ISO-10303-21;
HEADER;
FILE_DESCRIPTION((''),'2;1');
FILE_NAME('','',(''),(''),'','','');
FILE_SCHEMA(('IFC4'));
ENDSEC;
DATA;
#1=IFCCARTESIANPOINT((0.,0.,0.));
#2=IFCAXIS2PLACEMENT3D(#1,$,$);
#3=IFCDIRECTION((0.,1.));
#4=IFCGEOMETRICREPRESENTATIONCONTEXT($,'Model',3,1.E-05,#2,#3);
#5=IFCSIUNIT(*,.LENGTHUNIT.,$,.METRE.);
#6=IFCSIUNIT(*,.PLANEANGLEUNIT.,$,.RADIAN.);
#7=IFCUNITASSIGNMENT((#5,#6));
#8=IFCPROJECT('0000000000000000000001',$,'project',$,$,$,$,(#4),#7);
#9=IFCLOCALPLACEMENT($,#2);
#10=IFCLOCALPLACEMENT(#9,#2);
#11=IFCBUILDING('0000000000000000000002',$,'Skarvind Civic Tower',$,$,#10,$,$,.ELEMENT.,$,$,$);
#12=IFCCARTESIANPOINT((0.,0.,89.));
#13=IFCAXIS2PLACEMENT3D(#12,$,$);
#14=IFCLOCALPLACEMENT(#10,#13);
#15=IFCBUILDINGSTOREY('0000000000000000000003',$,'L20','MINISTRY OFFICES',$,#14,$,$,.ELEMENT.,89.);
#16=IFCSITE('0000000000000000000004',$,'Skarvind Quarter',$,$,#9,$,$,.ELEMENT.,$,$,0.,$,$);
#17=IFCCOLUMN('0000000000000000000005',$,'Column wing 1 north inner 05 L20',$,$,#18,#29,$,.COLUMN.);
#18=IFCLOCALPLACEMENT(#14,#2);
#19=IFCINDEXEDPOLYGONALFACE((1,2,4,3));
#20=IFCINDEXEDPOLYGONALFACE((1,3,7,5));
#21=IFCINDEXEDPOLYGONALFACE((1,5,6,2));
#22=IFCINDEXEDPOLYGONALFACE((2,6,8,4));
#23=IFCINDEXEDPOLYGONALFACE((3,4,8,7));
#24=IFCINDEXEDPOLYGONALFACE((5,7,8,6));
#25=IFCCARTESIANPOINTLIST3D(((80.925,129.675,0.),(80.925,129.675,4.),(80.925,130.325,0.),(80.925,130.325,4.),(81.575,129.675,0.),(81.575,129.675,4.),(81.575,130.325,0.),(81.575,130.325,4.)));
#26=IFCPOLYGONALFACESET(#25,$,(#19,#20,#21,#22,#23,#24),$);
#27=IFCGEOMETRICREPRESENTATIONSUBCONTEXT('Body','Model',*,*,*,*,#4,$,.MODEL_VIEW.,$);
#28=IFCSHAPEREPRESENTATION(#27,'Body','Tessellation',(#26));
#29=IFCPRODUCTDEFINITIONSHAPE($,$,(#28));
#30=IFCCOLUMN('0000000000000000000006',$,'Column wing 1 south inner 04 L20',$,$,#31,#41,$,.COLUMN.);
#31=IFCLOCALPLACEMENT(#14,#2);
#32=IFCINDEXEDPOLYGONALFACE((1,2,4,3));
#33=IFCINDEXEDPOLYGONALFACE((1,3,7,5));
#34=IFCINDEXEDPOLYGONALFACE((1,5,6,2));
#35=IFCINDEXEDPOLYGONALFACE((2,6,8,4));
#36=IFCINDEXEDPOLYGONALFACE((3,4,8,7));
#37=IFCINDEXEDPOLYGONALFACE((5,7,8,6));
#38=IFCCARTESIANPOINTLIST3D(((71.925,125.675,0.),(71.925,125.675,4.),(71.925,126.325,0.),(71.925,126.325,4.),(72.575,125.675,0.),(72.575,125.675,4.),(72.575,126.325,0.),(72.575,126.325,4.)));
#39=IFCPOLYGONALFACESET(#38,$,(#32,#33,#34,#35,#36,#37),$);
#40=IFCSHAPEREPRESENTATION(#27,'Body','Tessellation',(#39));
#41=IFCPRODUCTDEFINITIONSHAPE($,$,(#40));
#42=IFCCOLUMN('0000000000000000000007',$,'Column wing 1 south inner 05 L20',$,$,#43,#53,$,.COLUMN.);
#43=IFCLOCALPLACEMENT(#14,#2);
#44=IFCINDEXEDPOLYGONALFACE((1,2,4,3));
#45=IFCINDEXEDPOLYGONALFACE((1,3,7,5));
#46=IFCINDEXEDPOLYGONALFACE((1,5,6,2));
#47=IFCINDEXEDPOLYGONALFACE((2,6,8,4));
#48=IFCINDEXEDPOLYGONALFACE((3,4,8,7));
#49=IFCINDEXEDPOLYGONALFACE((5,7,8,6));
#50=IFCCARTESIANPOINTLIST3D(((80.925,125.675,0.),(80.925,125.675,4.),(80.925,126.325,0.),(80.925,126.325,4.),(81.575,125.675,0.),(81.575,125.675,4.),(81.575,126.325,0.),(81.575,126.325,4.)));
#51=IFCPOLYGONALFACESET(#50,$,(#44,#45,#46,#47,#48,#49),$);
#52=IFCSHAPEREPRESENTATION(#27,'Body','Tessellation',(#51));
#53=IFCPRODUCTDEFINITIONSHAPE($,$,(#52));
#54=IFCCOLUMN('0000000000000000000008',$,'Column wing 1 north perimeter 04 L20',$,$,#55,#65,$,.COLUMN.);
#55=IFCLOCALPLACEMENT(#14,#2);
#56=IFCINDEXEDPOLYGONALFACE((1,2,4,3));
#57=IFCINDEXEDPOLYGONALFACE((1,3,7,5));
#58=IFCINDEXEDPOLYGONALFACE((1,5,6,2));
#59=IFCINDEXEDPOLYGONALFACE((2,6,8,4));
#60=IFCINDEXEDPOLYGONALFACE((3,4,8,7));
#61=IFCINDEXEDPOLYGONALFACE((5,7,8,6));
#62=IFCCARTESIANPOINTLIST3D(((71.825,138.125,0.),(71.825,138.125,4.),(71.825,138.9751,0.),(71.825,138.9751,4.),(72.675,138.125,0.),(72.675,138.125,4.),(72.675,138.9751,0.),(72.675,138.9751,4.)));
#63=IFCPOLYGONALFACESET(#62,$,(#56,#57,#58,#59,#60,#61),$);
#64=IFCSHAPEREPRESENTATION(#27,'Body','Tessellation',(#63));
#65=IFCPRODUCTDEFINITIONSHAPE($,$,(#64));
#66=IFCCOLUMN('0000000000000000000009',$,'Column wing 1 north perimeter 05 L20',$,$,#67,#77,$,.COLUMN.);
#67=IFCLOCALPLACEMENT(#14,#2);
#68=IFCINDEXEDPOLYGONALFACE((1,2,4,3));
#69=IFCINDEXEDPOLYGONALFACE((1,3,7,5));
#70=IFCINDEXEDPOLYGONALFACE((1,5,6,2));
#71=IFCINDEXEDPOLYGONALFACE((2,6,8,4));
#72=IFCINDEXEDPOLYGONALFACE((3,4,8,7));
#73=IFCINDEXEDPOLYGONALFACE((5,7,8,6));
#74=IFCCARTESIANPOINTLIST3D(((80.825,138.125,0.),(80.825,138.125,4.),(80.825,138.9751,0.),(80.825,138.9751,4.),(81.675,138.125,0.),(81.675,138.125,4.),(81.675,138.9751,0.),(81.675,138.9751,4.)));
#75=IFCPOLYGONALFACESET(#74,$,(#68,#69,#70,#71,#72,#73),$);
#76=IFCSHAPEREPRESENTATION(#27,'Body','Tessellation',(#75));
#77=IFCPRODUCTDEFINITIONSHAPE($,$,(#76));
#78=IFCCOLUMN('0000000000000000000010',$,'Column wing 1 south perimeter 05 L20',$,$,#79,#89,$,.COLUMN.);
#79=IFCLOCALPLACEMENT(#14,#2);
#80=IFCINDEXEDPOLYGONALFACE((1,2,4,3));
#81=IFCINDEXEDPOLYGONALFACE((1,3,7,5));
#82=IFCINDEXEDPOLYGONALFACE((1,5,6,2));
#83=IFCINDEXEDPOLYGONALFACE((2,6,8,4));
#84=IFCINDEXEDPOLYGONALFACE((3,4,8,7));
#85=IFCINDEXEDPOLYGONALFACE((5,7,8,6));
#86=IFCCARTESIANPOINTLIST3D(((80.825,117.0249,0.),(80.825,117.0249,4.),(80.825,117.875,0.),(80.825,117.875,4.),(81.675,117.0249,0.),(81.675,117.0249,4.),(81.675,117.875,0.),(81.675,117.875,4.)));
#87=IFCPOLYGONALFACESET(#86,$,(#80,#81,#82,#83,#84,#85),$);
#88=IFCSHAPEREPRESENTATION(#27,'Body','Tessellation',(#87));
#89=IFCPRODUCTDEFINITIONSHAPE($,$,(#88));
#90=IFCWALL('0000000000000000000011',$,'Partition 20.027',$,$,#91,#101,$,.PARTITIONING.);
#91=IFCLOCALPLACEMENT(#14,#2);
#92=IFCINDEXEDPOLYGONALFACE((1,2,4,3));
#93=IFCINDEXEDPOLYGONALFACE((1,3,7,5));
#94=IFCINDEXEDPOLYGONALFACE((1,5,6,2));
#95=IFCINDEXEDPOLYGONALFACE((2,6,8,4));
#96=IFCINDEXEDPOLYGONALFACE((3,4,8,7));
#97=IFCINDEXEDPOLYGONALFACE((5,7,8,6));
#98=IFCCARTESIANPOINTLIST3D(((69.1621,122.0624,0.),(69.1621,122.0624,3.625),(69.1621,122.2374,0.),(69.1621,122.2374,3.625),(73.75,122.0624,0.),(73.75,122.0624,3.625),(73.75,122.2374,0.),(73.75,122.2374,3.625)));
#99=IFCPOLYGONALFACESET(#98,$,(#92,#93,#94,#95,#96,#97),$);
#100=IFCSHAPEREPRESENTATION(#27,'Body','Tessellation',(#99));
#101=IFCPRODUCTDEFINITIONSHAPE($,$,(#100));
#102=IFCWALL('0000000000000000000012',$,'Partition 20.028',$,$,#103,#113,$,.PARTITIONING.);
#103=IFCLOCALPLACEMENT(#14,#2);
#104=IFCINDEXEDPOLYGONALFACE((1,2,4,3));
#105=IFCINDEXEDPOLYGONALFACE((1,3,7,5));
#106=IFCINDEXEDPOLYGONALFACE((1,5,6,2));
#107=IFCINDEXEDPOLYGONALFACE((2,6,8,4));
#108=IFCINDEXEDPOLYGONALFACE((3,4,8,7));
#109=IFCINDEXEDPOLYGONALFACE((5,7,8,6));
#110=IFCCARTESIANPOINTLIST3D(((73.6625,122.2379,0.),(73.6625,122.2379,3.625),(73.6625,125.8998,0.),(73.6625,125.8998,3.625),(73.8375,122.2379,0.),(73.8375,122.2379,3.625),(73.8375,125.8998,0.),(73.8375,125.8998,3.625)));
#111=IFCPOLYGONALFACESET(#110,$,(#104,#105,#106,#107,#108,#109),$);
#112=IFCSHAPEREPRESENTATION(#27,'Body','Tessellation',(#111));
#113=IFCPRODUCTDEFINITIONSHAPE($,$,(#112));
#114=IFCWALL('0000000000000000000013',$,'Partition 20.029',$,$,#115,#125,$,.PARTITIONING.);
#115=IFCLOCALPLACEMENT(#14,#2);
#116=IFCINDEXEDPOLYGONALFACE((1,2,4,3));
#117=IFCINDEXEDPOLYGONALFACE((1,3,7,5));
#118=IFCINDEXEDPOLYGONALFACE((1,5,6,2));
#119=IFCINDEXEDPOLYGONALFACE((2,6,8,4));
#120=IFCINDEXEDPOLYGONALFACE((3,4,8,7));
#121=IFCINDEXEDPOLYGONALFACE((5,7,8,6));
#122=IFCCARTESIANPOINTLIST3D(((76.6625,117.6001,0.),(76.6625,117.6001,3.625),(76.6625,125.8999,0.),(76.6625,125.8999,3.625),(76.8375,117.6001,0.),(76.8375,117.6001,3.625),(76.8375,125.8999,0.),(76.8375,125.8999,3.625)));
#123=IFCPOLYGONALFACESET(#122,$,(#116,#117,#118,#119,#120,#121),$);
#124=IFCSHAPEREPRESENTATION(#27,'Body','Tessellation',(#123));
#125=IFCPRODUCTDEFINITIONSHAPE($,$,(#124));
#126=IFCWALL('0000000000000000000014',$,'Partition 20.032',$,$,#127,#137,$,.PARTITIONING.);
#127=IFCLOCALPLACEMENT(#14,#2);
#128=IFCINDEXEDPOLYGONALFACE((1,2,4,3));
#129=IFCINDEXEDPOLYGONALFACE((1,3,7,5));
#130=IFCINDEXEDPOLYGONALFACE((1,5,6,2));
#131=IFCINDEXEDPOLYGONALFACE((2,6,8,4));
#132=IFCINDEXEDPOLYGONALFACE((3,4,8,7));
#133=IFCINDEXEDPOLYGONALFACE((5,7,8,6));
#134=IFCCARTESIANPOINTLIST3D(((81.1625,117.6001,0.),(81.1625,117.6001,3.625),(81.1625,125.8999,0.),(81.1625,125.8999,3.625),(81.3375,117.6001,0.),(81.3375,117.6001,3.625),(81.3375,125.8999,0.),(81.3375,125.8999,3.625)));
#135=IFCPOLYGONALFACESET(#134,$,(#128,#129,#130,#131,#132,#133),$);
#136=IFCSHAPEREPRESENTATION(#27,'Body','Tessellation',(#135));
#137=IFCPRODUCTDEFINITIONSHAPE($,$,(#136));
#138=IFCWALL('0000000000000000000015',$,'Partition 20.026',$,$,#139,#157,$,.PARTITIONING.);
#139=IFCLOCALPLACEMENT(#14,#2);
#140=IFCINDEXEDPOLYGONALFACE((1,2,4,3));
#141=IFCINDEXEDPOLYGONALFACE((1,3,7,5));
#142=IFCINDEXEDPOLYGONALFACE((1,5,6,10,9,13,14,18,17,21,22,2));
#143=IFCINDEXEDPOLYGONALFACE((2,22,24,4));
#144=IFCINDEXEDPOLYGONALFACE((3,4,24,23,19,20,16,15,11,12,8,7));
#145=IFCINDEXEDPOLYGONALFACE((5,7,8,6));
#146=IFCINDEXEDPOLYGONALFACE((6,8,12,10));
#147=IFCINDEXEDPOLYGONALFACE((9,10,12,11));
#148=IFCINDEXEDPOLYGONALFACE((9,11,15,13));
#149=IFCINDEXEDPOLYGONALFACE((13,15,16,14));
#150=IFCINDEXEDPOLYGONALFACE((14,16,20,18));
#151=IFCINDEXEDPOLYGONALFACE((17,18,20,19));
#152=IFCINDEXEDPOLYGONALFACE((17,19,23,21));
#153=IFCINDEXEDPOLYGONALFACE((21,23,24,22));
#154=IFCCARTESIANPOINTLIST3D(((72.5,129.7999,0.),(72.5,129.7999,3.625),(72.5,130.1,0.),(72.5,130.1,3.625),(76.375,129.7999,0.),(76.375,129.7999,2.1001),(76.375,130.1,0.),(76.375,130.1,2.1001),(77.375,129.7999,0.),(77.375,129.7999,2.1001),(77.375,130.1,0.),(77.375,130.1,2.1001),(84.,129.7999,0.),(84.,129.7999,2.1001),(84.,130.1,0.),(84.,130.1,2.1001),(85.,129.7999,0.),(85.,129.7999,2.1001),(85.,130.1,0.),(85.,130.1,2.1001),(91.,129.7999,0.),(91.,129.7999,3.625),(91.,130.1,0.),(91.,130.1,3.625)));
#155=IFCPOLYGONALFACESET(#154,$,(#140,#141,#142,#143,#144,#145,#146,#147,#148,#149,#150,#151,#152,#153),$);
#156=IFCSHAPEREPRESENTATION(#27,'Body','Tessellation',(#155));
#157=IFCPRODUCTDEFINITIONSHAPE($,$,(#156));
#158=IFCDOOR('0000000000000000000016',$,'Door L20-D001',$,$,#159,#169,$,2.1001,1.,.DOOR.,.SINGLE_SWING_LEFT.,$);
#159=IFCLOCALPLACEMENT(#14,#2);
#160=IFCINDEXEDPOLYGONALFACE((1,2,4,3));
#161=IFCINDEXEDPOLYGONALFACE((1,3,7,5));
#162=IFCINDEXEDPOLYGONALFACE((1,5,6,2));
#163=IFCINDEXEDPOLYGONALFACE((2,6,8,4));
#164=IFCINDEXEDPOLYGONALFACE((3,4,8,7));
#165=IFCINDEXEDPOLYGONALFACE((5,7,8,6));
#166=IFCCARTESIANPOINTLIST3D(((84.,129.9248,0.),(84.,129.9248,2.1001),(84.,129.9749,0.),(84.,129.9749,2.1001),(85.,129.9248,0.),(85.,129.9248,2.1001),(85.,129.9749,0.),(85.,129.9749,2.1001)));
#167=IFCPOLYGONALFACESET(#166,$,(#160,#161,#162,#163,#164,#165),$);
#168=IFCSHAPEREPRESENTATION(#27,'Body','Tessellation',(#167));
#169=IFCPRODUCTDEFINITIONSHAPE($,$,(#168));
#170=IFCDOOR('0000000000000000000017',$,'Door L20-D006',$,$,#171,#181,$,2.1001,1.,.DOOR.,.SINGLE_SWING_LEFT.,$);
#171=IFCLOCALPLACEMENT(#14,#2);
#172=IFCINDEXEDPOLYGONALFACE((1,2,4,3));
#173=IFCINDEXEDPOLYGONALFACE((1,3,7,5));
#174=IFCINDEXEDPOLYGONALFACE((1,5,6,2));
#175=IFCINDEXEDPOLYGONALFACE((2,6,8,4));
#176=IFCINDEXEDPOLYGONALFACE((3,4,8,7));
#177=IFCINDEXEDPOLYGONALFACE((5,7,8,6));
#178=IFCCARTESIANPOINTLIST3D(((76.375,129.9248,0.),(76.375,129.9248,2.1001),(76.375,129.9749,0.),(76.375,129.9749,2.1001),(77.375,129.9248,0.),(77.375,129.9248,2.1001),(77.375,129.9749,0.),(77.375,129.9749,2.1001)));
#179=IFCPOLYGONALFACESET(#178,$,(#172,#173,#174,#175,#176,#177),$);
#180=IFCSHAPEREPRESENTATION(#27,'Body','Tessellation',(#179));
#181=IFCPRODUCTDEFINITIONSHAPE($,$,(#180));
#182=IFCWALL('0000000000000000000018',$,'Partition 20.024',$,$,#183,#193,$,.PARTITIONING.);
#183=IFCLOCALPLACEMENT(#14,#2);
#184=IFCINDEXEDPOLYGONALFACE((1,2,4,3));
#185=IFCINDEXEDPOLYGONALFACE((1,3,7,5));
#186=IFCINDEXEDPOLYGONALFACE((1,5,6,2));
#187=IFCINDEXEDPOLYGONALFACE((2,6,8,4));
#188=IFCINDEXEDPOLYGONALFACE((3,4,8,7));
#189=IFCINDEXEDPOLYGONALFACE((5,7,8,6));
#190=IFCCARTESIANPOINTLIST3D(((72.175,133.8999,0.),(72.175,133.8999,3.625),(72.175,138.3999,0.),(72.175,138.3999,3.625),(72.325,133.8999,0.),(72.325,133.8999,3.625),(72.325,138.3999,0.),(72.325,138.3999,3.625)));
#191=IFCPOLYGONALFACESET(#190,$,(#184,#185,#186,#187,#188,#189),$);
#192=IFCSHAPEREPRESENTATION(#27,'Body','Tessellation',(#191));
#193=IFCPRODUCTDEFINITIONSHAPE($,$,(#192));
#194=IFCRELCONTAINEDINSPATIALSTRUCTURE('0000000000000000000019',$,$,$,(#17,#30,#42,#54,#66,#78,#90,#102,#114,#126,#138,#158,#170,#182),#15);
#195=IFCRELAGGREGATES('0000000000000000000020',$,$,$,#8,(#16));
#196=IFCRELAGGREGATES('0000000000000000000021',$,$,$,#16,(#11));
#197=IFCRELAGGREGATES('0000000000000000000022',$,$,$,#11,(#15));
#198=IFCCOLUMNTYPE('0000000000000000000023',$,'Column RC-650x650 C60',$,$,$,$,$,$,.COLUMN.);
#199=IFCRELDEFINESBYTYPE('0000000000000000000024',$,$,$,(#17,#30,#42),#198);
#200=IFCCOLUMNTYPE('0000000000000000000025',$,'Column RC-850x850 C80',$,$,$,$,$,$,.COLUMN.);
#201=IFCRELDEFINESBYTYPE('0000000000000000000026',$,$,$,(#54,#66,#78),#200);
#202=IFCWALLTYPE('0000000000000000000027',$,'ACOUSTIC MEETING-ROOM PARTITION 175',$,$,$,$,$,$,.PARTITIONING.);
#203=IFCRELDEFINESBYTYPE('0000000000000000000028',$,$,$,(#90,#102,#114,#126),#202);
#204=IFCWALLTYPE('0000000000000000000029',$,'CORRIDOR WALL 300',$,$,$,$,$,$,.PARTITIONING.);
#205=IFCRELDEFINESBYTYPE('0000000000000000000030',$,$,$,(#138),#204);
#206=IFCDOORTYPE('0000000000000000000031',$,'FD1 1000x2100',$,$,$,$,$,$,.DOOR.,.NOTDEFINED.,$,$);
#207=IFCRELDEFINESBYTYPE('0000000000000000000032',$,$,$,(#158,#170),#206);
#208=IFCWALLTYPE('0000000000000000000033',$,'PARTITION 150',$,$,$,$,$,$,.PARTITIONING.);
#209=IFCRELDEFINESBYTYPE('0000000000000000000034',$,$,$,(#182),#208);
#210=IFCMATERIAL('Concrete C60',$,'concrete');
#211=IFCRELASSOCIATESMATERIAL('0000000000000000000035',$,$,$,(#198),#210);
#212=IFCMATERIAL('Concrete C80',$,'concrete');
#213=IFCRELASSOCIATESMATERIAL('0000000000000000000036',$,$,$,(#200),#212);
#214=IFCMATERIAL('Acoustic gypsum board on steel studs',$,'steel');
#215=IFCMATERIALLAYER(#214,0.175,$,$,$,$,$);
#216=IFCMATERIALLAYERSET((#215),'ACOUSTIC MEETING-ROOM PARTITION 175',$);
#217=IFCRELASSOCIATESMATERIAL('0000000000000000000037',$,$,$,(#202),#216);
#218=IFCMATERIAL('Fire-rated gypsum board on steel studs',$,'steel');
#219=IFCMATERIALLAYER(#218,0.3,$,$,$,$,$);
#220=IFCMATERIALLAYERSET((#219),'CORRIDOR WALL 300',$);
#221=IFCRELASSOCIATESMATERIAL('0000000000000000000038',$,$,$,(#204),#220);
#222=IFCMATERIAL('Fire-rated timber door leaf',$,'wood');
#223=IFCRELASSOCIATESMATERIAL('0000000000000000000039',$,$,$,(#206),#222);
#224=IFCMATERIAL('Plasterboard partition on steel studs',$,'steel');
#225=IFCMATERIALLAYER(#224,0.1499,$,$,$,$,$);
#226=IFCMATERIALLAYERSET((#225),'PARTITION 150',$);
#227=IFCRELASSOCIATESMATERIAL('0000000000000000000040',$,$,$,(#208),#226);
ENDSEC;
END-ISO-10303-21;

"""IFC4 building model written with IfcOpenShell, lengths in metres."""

from ifc_helpers import new_model, si_unit, direction, frame, frame_2d, origin, origin_2d, place, context, subcontext, project, spatial, rectangle, extrude, material, layer, layer_set, material_profile, profile_set, type_object, element, fill, save


model = new_model("IFC4")

# Units and contexts
model_context = context("Model", 3, precision=1e-05, world=origin(), true_north=direction((0.0, 1.0)))
body_context = subcontext(model_context, "Body", "Model", "MODEL_VIEW")
ifc_project = project(units=[si_unit("LENGTHUNIT", "METRE"), si_unit("PLANEANGLEUNIT", "RADIAN")], contexts=[model_context])

# Site, building, storey
site_placement = place(None, origin())
site = spatial("IfcSite", under=ifc_project, at=site_placement, Name="Skarvind Quarter", CompositionType="ELEMENT", RefElevation=0.0)
building_placement = place(site_placement, origin())
building = spatial("IfcBuilding", under=site, at=building_placement, Name="Skarvind Civic Tower", CompositionType="ELEMENT")
storey_placement = place(building_placement, frame((0.0, 0.0, 89.0)))
storey = spatial("IfcBuildingStorey", under=building, at=storey_placement, Name="L20", Description="MINISTRY OFFICES", CompositionType="ELEMENT", Elevation=89.0)

# Columns
ifc_material_1 = material(Name="Concrete C60", Category="concrete")
ifc_material_profile_1 = material_profile(ifc_material_1, rectangle(XDim=0.6499, YDim=0.6499, at=origin_2d()), Name="RC-650x650")
ifc_profile_set_1 = profile_set([ifc_material_profile_1], Name="Concrete C60")
column_type_1 = type_object("IfcColumnType", Name="Column RC-650x650 C60", PredefinedType="COLUMN", material=ifc_profile_set_1)
for number, where, z_axis, x_axis, name in (
    (1, (81.25, 130.0, 0.0), (0.0, 0.0, 1.0), (1.0, 0.0, 0.0), "Column wing 1 north inner 05 L20"),
    (2, (72.25, 126.0, 0.0), (0.0, 0.0, 1.0), (1.0, 0.0, 0.0), "Column wing 1 south inner 04 L20"),
    (3, (81.25, 126.0, 0.0), (0.0, 0.0, 1.0), (1.0, 0.0, 0.0), "Column wing 1 south inner 05 L20"),
):
    element("IfcColumn", number, at=place(storey_placement, frame(where, z_axis=z_axis, x_axis=x_axis)), inside=storey, type_object=column_type_1, Name=name, PredefinedType="COLUMN", context=body_context, shape_type="SweptSolid", body=[
        extrude(rectangle(XDim=0.6499, YDim=0.6499, at=origin_2d()), origin(), (0.0, 0.0, 1.0), 4.0),
    ])
ifc_material_2 = material(Name="Concrete C80", Category="concrete")
ifc_material_profile_2 = material_profile(ifc_material_2, rectangle(XDim=0.8501, YDim=0.8501, at=origin_2d()), Name="RC-850x850")
ifc_profile_set_2 = profile_set([ifc_material_profile_2], Name="Concrete C80")
column_type_2 = type_object("IfcColumnType", Name="Column RC-850x850 C80", PredefinedType="COLUMN", material=ifc_profile_set_2)
for number, where, z_axis, x_axis, name in (
    (4, (72.25, 138.55, 0.0), (0.0, 0.0, 1.0), (1.0, 0.0, 0.0), "Column wing 1 north perimeter 04 L20"),
    (5, (81.25, 138.55, 0.0), (0.0, 0.0, 1.0), (1.0, 0.0, 0.0), "Column wing 1 north perimeter 05 L20"),
    (6, (81.25, 117.45, 0.0), (0.0, 0.0, 1.0), (1.0, 0.0, 0.0), "Column wing 1 south perimeter 05 L20"),
):
    element("IfcColumn", number, at=place(storey_placement, frame(where, z_axis=z_axis, x_axis=x_axis)), inside=storey, type_object=column_type_2, Name=name, PredefinedType="COLUMN", context=body_context, shape_type="SweptSolid", body=[
        extrude(rectangle(XDim=0.8501, YDim=0.8501, at=origin_2d()), origin(), (0.0, 0.0, 1.0), 4.0),
    ])

# Walls
ifc_material_3 = material(Name="Acoustic gypsum board on steel studs", Category="steel")
ifc_layer_1 = layer(ifc_material_3, 0.175)
ifc_layer_set_1 = layer_set([ifc_layer_1], Name="ACOUSTIC MEETING-ROOM PARTITION 175")
wall_type_1 = type_object("IfcWallType", Name="ACOUSTIC MEETING-ROOM PARTITION 175", PredefinedType="PARTITIONING", material=ifc_layer_set_1)
wall_1_placement = place(storey_placement, frame((73.75, 122.1499, 0.0), z_axis=(0.0, 0.0, 1.0), x_axis=(-1.0, 0.0, 0.0)))
element("IfcWall", 7, at=wall_1_placement, inside=storey, type_object=wall_type_1, Name="Partition 20.027", PredefinedType="PARTITIONING", context=body_context, shape_type="SweptSolid", body=[
    extrude(rectangle(XDim=4.5879, YDim=0.175, at=frame_2d((2.2939, 0.0))), origin(), (0.0, 0.0, 1.0), 3.625),
])
wall_2_placement = place(storey_placement, frame((73.75, 125.8999, 0.0), z_axis=(0.0, 0.0, 1.0), x_axis=(0.0, -1.0, 0.0)))
element("IfcWall", 8, at=wall_2_placement, inside=storey, type_object=wall_type_1, Name="Partition 20.028", PredefinedType="PARTITIONING", context=body_context, shape_type="SweptSolid", body=[
    extrude(rectangle(XDim=3.6619, YDim=0.175, at=frame_2d((1.8311, 0.0))), origin(), (0.0, 0.0, 1.0), 3.625),
])
for number, where, z_axis, x_axis, name in (
    (9, (76.75, 117.6001, 0.0), (0.0, 0.0, 1.0), (0.0, 1.0, 0.0), "Partition 20.029"),
    (10, (81.25, 117.6001, 0.0), (0.0, 0.0, 1.0), (0.0, 1.0, 0.0), "Partition 20.032"),
):
    element("IfcWall", number, at=place(storey_placement, frame(where, z_axis=z_axis, x_axis=x_axis)), inside=storey, type_object=wall_type_1, Name=name, PredefinedType="PARTITIONING", context=body_context, shape_type="SweptSolid", body=[
        extrude(rectangle(XDim=8.2998, YDim=0.175, at=frame_2d((4.1499, 0.0))), origin(), (0.0, 0.0, 1.0), 3.625),
    ])

# Wall, openings, doors
ifc_material_4 = material(Name="Fire-rated gypsum board on steel studs", Category="steel")
ifc_layer_2 = layer(ifc_material_4, 0.3)
ifc_layer_set_2 = layer_set([ifc_layer_2], Name="CORRIDOR WALL 300")
wall_type_2 = type_object("IfcWallType", Name="CORRIDOR WALL 300", PredefinedType="PARTITIONING", material=ifc_layer_set_2)
wall_3_placement = place(storey_placement, frame((72.5, 129.95, 0.0), z_axis=(0.0, 0.0, 1.0), x_axis=(1.0, 0.0, 0.0)))
wall_3 = element("IfcWall", 11, at=wall_3_placement, inside=storey, type_object=wall_type_2, Name="Partition 20.026", PredefinedType="PARTITIONING", context=body_context, shape_type="SweptSolid", body=[
    extrude(rectangle(XDim=18.5, YDim=0.3, at=frame_2d((9.25, 0.0))), origin(), (0.0, 0.0, 1.0), 3.625),
])
opening_1_placement = place(wall_3_placement, frame((11.5, 0.0, 0.0)))
opening_1 = element("IfcOpeningElement", 12, at=opening_1_placement, cuts=wall_3, PredefinedType="OPENING", context=body_context, shape_type="SweptSolid", body=[
    extrude(rectangle(XDim=1.0, YDim=2.1001, at=frame_2d((0.5, 1.05))), frame((0.0, 0.1599, 0.0), z_axis=(0.0, -1.0, 0.0), x_axis=(1.0, 0.0, 0.0)), (0.0, 0.0, 1.0), 0.3201),
])
opening_2_placement = place(wall_3_placement, frame((3.875, 0.0, 0.0)))
opening_2 = element("IfcOpeningElement", 13, at=opening_2_placement, cuts=wall_3, PredefinedType="OPENING", context=body_context, shape_type="SweptSolid", body=[
    extrude(rectangle(XDim=1.0, YDim=2.1001, at=frame_2d((0.5, 1.05))), frame((0.0, 0.1599, 0.0), z_axis=(0.0, -1.0, 0.0), x_axis=(1.0, 0.0, 0.0)), (0.0, 0.0, 1.0), 0.3201),
])
ifc_material_5 = material(Name="Fire-rated timber door leaf", Category="wood")
door_type_1 = type_object("IfcDoorType", Name="FD1 1000x2100", OperationType="NOTDEFINED", PredefinedType="DOOR", material=ifc_material_5)
door_1_placement = place(opening_1_placement, origin())
door_1 = element("IfcDoor", 14, at=door_1_placement, inside=storey, type_object=door_type_1, Name="Door L20-D001", OperationType="SINGLE_SWING_LEFT", OverallHeight=2.1001, OverallWidth=1.0, PredefinedType="DOOR", context=body_context, shape_type="SweptSolid", body=[
    extrude(rectangle(XDim=1.0, YDim=2.1001, at=frame_2d((0.5, 1.05))), frame((0.0, 0.0249, 0.0), z_axis=(0.0, -1.0, 0.0), x_axis=(1.0, 0.0, 0.0)), (0.0, 0.0, 1.0), 0.05),
])
fill(opening_1, door_1)
door_2_placement = place(opening_2_placement, origin())
door_2 = element("IfcDoor", 15, at=door_2_placement, inside=storey, type_object=door_type_1, Name="Door L20-D006", OperationType="SINGLE_SWING_LEFT", OverallHeight=2.1001, OverallWidth=1.0, PredefinedType="DOOR", context=body_context, shape_type="SweptSolid", body=[
    extrude(rectangle(XDim=1.0, YDim=2.1001, at=frame_2d((0.5, 1.05))), frame((0.0, 0.0249, 0.0), z_axis=(0.0, -1.0, 0.0), x_axis=(1.0, 0.0, 0.0)), (0.0, 0.0, 1.0), 0.05),
])
fill(opening_2, door_2)

# Wall
ifc_material_6 = material(Name="Plasterboard partition on steel studs", Category="steel")
ifc_layer_3 = layer(ifc_material_6, 0.1499)
ifc_layer_set_3 = layer_set([ifc_layer_3], Name="PARTITION 150")
wall_type_3 = type_object("IfcWallType", Name="PARTITION 150", PredefinedType="PARTITIONING", material=ifc_layer_set_3)
wall_4_placement = place(storey_placement, frame((72.25, 133.8999, 0.0), z_axis=(0.0, 0.0, 1.0), x_axis=(0.0, 1.0, 0.0)))
element("IfcWall", 16, at=wall_4_placement, inside=storey, type_object=wall_type_3, Name="Partition 20.024", PredefinedType="PARTITIONING", context=body_context, shape_type="SweptSolid", body=[
    extrude(rectangle(XDim=4.5, YDim=0.1499, at=frame_2d((2.25, 0.0))), origin(), (0.0, 0.0, 1.0), 3.625),
])

save(model, "model.ifc")
